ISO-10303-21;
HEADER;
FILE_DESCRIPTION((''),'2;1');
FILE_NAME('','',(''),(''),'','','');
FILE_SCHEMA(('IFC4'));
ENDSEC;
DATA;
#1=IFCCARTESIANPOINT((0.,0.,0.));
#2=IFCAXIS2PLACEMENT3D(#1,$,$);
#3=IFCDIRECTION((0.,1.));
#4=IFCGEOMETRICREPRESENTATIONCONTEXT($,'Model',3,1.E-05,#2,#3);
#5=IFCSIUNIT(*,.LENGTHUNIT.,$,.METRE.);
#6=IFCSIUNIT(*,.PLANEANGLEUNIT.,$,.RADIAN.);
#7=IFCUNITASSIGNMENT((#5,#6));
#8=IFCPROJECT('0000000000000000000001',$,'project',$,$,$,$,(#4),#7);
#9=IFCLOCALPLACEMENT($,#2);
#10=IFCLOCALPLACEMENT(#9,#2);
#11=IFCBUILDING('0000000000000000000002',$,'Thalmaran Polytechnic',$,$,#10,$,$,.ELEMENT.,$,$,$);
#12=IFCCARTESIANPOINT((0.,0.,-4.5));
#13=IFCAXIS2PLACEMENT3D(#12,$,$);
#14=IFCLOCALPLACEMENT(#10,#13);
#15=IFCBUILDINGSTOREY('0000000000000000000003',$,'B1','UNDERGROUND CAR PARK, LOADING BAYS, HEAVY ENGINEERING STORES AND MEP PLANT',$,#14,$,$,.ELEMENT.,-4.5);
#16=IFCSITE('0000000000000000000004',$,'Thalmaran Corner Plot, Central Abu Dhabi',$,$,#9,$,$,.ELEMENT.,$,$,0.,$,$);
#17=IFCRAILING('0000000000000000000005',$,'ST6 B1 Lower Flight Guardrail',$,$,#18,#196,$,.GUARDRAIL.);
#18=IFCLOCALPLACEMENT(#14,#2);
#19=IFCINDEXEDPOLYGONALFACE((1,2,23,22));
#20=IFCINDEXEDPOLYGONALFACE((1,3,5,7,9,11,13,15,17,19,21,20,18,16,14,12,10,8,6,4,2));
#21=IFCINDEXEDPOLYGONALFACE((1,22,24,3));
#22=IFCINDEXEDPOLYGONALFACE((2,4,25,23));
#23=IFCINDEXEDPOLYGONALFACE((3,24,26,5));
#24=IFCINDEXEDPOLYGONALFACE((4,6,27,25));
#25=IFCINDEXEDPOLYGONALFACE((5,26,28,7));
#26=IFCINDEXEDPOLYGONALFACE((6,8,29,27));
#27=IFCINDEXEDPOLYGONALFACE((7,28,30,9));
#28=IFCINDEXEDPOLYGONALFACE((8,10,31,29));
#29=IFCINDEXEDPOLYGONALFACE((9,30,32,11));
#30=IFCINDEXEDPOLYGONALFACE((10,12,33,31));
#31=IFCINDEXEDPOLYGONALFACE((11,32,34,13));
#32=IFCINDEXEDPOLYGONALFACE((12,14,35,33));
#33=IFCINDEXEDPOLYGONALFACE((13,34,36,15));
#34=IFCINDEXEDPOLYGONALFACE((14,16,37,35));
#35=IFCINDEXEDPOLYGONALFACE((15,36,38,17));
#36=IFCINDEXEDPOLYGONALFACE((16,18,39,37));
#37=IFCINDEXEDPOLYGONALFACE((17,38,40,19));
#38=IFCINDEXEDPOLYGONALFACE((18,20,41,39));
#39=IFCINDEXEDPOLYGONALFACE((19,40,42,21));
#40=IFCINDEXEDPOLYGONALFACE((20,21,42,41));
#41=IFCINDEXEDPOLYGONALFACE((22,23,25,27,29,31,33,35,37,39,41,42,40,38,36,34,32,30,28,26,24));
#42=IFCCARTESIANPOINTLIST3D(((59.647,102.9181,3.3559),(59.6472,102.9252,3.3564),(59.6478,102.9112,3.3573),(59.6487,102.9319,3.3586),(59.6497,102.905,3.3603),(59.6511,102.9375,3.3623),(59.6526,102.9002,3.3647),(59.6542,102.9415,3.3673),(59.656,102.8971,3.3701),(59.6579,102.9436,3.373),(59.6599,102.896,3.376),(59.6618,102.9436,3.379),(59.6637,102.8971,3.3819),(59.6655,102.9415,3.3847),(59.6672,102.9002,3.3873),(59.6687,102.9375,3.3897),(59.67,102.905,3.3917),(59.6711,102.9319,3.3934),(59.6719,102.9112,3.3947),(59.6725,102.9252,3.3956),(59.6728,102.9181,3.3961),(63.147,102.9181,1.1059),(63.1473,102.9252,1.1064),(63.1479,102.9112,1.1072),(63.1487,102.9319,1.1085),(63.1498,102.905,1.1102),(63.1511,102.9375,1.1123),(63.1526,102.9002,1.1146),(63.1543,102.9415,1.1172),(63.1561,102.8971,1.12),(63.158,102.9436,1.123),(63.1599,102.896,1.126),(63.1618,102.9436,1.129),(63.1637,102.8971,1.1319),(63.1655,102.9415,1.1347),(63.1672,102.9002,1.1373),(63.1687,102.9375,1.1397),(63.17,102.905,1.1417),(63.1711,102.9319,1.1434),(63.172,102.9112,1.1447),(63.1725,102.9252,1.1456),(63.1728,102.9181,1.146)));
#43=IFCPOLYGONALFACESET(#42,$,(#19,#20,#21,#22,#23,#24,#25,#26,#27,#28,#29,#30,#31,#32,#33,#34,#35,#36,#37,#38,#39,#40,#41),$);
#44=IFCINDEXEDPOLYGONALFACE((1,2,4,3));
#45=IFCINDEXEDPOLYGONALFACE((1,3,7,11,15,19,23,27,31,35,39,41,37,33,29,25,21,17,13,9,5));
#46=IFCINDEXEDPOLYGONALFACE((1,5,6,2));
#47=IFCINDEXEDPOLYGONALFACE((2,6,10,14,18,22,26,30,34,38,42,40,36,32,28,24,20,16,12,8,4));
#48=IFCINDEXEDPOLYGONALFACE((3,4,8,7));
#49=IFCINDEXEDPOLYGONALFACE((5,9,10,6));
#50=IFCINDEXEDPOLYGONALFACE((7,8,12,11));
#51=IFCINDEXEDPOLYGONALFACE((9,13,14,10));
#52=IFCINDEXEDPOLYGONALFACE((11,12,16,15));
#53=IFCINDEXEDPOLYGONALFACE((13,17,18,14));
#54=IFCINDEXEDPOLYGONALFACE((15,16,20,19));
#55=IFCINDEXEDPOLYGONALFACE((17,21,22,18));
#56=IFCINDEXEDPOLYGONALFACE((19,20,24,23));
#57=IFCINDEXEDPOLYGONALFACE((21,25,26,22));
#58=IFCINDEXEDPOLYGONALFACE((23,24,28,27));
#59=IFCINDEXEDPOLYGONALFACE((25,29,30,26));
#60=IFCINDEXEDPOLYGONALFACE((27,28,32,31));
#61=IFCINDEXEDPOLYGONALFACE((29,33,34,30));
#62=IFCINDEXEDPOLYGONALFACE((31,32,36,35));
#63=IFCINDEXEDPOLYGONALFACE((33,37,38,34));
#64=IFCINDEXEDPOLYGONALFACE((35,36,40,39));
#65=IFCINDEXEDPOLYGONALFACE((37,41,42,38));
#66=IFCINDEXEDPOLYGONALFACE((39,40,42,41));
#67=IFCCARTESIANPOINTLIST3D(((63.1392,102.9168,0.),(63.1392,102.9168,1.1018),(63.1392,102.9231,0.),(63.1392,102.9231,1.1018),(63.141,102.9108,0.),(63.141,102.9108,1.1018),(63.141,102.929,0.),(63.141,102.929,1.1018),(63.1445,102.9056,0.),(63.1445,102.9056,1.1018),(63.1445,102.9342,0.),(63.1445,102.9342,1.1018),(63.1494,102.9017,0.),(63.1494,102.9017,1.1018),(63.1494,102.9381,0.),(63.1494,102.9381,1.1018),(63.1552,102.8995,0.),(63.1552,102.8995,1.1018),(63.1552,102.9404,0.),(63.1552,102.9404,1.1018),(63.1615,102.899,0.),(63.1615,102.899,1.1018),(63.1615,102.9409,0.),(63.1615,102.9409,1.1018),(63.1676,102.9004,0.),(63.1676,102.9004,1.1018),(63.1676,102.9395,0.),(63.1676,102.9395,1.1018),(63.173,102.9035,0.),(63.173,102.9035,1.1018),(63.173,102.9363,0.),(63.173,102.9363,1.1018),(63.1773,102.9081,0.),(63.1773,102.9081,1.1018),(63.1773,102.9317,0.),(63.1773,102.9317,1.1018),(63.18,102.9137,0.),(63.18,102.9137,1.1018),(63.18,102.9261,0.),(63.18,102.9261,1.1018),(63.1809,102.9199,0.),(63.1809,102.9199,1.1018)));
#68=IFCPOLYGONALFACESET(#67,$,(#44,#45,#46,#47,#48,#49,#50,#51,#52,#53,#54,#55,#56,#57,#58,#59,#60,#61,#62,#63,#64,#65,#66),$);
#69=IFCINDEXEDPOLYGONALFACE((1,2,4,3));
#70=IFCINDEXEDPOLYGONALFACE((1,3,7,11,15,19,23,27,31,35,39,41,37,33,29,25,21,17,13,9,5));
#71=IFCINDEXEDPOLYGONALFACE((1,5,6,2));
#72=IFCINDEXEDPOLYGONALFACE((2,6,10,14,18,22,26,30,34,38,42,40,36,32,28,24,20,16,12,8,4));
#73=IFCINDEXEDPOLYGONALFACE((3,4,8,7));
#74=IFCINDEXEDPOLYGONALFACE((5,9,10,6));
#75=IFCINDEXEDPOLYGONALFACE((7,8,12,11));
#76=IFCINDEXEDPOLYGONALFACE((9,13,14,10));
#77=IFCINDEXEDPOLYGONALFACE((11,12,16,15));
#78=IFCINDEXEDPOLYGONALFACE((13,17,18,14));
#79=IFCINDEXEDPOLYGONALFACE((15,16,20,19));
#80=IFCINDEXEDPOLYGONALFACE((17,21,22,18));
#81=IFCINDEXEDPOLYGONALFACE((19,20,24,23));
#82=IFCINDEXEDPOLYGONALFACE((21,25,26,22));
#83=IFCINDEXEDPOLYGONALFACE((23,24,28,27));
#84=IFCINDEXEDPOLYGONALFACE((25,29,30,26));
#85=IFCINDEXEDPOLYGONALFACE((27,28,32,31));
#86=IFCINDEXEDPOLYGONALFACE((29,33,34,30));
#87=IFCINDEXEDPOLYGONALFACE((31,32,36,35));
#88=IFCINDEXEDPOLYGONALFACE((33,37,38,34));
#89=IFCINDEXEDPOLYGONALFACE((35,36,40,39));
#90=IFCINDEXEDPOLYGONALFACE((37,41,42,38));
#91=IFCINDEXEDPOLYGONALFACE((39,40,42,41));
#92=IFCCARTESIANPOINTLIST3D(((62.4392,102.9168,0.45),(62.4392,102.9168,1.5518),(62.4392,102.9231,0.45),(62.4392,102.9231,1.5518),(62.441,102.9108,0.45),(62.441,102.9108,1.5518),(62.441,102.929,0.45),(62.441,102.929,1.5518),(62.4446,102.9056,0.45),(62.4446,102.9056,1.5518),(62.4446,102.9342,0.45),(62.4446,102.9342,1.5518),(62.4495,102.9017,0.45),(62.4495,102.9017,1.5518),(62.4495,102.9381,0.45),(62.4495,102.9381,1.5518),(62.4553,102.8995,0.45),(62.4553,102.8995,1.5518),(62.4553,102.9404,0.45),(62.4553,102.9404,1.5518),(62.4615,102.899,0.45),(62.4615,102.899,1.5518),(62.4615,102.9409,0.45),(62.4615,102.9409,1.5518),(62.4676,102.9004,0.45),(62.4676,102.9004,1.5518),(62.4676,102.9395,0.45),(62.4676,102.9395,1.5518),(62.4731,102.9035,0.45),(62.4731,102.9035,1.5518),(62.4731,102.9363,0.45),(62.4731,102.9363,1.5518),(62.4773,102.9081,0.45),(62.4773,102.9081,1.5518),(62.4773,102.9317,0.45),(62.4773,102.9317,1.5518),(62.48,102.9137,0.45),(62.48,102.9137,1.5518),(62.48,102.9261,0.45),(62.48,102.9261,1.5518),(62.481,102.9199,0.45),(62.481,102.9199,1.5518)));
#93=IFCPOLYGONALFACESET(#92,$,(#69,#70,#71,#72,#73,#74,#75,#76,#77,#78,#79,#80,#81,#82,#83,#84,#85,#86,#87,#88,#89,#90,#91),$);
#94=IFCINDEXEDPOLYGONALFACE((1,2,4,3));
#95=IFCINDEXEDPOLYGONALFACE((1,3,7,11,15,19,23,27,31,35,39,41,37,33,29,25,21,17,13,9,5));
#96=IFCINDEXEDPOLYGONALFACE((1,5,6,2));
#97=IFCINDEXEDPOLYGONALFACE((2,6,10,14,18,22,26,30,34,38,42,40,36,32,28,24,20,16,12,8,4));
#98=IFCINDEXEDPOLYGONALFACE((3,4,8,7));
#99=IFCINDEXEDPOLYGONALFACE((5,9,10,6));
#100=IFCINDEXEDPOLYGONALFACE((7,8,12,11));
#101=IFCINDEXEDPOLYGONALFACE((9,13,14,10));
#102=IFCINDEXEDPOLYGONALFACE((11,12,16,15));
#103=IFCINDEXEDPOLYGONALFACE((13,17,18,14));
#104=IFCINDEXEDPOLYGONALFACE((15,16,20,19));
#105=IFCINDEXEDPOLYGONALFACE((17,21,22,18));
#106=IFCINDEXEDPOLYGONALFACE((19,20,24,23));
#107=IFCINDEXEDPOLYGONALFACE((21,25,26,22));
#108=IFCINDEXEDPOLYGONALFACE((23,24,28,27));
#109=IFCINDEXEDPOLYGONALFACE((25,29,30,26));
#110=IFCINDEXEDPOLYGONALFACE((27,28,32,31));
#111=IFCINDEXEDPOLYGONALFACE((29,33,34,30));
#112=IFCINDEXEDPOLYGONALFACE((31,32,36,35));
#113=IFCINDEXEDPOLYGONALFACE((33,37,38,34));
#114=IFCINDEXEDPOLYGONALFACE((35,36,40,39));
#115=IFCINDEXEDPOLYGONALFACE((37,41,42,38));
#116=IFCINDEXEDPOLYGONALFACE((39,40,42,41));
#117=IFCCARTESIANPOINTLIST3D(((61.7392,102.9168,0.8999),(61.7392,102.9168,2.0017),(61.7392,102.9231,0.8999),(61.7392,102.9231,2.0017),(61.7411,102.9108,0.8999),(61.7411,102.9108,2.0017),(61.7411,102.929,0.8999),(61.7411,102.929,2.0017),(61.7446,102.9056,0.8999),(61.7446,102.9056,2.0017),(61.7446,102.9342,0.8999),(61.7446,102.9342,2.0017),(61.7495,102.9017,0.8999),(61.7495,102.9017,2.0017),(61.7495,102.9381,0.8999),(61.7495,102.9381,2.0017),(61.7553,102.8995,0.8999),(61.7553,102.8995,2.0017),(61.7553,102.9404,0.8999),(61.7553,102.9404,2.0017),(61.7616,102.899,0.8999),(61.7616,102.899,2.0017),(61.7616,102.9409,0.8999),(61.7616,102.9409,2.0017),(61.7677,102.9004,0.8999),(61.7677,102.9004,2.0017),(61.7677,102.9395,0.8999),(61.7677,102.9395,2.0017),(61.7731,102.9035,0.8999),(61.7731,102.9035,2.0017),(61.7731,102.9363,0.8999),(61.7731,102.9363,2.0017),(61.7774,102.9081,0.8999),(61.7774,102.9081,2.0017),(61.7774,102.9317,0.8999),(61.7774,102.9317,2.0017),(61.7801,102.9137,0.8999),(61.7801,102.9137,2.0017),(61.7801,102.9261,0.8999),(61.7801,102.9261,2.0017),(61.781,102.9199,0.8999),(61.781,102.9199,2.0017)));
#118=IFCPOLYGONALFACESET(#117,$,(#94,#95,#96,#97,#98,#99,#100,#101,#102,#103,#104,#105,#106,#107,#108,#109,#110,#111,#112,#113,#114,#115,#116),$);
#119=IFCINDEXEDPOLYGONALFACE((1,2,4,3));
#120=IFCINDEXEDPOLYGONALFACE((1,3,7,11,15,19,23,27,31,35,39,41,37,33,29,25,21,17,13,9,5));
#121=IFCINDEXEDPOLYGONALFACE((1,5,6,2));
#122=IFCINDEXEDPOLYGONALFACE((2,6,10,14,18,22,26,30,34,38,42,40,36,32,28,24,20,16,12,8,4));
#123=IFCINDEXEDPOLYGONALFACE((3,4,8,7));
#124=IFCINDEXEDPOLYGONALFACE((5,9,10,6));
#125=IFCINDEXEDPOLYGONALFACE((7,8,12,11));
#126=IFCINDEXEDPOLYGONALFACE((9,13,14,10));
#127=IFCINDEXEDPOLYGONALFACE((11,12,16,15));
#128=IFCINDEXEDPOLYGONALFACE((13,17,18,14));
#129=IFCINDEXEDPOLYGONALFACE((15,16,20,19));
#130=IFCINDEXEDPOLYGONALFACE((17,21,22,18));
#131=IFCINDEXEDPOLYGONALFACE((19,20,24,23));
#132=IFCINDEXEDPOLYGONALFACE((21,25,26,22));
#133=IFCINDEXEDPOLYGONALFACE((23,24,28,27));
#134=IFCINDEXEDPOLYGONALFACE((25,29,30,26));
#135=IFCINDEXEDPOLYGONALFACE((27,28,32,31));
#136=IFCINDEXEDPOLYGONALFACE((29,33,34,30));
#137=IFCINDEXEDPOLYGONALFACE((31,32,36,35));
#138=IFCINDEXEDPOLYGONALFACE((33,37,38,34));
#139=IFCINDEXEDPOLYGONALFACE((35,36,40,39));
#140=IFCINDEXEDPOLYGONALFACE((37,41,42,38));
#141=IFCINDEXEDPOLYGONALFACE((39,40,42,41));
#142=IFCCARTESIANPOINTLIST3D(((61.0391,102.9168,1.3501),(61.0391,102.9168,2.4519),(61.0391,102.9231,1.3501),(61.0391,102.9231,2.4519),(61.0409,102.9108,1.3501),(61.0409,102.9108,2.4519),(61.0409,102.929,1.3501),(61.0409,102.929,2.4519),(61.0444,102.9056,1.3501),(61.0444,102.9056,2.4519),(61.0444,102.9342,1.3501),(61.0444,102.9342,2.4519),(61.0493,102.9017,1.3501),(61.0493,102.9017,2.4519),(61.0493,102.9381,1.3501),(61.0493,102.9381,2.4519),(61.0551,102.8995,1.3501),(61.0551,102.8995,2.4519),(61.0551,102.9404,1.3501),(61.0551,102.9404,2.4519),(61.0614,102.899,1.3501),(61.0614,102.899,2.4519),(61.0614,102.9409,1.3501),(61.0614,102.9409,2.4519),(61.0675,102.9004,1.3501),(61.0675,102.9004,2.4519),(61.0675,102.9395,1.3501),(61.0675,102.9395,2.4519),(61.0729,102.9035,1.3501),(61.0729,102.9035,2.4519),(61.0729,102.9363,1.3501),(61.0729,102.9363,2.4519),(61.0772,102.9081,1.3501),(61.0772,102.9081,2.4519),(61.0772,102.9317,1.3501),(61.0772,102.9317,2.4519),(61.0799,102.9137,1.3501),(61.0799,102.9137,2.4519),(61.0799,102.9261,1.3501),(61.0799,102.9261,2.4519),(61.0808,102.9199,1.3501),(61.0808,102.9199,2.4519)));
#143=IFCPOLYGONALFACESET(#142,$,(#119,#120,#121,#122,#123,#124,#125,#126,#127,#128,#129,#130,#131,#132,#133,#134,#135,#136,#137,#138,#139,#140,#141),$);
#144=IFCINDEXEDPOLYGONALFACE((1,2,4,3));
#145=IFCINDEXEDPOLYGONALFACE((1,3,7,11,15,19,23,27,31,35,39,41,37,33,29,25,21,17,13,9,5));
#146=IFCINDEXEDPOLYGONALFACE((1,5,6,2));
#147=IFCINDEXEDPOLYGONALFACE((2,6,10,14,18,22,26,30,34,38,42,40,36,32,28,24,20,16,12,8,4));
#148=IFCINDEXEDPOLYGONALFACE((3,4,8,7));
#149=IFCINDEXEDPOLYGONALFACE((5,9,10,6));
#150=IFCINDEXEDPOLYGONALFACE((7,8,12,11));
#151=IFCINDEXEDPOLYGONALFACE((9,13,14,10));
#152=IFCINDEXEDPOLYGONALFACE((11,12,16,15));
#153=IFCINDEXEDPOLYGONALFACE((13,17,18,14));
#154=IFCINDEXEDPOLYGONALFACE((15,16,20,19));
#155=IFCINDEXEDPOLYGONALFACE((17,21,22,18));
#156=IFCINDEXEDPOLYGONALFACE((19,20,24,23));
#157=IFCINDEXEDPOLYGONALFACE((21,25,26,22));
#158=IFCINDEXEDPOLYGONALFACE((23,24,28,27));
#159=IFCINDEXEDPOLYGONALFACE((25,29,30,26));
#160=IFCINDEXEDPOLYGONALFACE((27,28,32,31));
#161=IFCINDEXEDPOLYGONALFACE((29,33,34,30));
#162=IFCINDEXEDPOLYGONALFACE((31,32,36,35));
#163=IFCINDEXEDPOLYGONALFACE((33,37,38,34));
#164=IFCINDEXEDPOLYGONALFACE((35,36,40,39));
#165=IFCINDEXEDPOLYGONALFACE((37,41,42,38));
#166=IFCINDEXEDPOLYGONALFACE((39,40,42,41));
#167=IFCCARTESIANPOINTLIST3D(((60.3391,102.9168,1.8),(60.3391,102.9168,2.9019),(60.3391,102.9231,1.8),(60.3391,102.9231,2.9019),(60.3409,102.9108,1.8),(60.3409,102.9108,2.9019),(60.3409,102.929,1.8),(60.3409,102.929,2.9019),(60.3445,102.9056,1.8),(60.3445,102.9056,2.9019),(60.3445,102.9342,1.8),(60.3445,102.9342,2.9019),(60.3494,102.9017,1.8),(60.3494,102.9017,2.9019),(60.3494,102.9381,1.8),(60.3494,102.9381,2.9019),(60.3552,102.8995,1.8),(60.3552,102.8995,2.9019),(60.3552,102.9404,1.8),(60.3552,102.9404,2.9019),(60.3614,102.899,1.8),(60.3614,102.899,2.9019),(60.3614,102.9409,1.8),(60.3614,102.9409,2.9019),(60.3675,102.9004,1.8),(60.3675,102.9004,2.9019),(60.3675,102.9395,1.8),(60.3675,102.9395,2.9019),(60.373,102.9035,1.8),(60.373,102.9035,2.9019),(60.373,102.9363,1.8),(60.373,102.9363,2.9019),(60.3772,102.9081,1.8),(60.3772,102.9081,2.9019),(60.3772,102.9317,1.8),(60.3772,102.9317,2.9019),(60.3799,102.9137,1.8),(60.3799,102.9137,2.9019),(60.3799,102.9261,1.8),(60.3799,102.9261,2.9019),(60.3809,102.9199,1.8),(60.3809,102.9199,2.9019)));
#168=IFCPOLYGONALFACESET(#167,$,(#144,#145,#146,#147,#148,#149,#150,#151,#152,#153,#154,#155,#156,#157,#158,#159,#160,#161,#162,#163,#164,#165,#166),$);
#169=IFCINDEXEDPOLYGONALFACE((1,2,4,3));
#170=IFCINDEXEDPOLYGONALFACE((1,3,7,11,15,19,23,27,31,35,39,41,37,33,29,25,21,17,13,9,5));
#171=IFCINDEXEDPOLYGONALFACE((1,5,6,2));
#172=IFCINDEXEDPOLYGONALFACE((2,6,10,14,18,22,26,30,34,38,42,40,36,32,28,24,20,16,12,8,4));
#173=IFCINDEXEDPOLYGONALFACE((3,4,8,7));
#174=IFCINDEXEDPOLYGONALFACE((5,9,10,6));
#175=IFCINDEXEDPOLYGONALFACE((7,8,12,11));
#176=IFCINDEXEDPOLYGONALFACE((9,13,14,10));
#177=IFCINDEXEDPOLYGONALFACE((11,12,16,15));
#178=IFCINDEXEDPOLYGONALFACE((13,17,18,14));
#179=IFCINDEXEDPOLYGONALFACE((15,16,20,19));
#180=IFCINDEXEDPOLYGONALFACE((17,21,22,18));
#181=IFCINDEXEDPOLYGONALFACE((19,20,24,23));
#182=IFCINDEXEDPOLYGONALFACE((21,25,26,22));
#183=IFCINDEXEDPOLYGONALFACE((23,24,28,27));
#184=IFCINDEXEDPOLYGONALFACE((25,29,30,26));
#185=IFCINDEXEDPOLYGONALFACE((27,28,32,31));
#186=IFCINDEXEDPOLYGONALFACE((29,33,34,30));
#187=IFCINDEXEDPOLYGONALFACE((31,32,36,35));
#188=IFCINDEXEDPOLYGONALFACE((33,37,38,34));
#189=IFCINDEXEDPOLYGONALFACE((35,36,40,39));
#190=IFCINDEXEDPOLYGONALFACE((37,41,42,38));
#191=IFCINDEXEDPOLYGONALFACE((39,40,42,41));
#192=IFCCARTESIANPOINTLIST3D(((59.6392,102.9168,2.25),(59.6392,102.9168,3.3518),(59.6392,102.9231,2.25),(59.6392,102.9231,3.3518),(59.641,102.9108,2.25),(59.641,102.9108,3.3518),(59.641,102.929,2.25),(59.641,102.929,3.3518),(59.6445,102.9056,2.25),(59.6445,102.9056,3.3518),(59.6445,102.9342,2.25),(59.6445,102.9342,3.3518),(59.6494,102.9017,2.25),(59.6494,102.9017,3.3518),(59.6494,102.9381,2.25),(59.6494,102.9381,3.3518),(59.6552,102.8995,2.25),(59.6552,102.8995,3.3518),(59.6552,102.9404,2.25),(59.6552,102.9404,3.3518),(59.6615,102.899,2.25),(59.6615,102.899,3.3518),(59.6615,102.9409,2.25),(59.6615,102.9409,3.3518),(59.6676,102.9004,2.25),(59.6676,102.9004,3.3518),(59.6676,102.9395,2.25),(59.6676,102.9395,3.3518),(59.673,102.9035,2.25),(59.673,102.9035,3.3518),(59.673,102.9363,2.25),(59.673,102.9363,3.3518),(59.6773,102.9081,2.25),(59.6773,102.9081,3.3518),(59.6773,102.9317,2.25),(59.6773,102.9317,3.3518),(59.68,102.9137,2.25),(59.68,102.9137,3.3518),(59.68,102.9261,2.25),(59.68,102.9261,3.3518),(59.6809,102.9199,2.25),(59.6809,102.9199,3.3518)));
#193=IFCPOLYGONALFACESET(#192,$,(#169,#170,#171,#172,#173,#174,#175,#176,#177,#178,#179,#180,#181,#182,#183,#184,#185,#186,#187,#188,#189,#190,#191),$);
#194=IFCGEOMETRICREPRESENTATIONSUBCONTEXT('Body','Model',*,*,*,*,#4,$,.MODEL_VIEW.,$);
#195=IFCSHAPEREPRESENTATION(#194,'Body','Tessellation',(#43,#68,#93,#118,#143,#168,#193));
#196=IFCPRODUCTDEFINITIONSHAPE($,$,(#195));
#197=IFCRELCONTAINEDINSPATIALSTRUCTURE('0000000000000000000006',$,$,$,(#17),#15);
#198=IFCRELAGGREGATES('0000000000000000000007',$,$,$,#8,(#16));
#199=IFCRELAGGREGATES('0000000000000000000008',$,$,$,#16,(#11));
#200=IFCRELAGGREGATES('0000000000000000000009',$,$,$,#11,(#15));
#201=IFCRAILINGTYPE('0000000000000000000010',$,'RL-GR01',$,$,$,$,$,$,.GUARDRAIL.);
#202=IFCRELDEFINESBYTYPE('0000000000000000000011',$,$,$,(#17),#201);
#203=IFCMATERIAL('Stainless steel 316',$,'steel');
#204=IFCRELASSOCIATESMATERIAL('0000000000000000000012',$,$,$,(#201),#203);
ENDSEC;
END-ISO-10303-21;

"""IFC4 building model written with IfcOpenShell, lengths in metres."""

from ifc_helpers import new_model, si_unit, direction, frame, origin, origin_2d, place, context, subcontext, project, spatial, circle, extrude, material, type_object, element, save


model = new_model("IFC4")

# Units and contexts
model_context = context("Model", 3, precision=1e-05, world=origin(), true_north=direction((0.0, 1.0)))
body_context = subcontext(model_context, "Body", "Model", "MODEL_VIEW")
ifc_project = project(units=[si_unit("LENGTHUNIT", "METRE"), si_unit("PLANEANGLEUNIT", "RADIAN")], contexts=[model_context])

# Site, building, storey
site_placement = place(None, origin())
site = spatial("IfcSite", under=ifc_project, at=site_placement, Name="Thalmaran Corner Plot, Central Abu Dhabi", CompositionType="ELEMENT", RefElevation=0.0)
building_placement = place(site_placement, origin())
building = spatial("IfcBuilding", under=site, at=building_placement, Name="Thalmaran Polytechnic", CompositionType="ELEMENT")
storey_placement = place(building_placement, frame((0.0, 0.0, -4.5)))
storey = spatial("IfcBuildingStorey", under=building, at=storey_placement, Name="B1", Description="UNDERGROUND CAR PARK, LOADING BAYS, HEAVY ENGINEERING STORES AND MEP PLANT", CompositionType="ELEMENT", Elevation=-4.5)

# Railing
ifc_material_1 = material(Name="Stainless steel 316", Category="steel")
railing_type_1 = type_object("IfcRailingType", Name="RL-GR01", PredefinedType="GUARDRAIL", material=ifc_material_1)
railing_1_placement = place(storey_placement, frame((63.1599, 102.9199, 0.0)))
element("IfcRailing", 1, at=railing_1_placement, inside=storey, type_object=railing_type_1, Name="ST6 B1 Lower Flight Guardrail", PredefinedType="GUARDRAIL", context=body_context, shape_type="SweptSolid", body=[
    extrude(circle(Radius=0.0239, at=origin_2d()), frame((0.0, 0.0, 1.126), z_axis=(-0.841178, 0.0, 0.540758), x_axis=(0.0, -1.0, 0.0)), (0.0, 0.0, 1.0), 4.1609),
    extrude(circle(Radius=0.021, at=origin_2d()), origin(), (0.0, 0.0, 1.0), 1.1018),
    extrude(circle(Radius=0.021, at=origin_2d()), frame((-0.7, 0.0, 0.45)), (0.0, 0.0, 1.0), 1.1018),
    extrude(circle(Radius=0.021, at=origin_2d()), frame((-1.3999, 0.0, 0.8999)), (0.0, 0.0, 1.0), 1.1018),
    extrude(circle(Radius=0.021, at=origin_2d()), frame((-2.1001, 0.0, 1.3501)), (0.0, 0.0, 1.0), 1.1018),
    extrude(circle(Radius=0.021, at=origin_2d()), frame((-2.8, 0.0, 1.8)), (0.0, 0.0, 1.0), 1.1018),
    extrude(circle(Radius=0.021, at=origin_2d()), frame((-3.5, 0.0, 2.25)), (0.0, 0.0, 1.0), 1.1018),
])

save(model, "model.ifc")
